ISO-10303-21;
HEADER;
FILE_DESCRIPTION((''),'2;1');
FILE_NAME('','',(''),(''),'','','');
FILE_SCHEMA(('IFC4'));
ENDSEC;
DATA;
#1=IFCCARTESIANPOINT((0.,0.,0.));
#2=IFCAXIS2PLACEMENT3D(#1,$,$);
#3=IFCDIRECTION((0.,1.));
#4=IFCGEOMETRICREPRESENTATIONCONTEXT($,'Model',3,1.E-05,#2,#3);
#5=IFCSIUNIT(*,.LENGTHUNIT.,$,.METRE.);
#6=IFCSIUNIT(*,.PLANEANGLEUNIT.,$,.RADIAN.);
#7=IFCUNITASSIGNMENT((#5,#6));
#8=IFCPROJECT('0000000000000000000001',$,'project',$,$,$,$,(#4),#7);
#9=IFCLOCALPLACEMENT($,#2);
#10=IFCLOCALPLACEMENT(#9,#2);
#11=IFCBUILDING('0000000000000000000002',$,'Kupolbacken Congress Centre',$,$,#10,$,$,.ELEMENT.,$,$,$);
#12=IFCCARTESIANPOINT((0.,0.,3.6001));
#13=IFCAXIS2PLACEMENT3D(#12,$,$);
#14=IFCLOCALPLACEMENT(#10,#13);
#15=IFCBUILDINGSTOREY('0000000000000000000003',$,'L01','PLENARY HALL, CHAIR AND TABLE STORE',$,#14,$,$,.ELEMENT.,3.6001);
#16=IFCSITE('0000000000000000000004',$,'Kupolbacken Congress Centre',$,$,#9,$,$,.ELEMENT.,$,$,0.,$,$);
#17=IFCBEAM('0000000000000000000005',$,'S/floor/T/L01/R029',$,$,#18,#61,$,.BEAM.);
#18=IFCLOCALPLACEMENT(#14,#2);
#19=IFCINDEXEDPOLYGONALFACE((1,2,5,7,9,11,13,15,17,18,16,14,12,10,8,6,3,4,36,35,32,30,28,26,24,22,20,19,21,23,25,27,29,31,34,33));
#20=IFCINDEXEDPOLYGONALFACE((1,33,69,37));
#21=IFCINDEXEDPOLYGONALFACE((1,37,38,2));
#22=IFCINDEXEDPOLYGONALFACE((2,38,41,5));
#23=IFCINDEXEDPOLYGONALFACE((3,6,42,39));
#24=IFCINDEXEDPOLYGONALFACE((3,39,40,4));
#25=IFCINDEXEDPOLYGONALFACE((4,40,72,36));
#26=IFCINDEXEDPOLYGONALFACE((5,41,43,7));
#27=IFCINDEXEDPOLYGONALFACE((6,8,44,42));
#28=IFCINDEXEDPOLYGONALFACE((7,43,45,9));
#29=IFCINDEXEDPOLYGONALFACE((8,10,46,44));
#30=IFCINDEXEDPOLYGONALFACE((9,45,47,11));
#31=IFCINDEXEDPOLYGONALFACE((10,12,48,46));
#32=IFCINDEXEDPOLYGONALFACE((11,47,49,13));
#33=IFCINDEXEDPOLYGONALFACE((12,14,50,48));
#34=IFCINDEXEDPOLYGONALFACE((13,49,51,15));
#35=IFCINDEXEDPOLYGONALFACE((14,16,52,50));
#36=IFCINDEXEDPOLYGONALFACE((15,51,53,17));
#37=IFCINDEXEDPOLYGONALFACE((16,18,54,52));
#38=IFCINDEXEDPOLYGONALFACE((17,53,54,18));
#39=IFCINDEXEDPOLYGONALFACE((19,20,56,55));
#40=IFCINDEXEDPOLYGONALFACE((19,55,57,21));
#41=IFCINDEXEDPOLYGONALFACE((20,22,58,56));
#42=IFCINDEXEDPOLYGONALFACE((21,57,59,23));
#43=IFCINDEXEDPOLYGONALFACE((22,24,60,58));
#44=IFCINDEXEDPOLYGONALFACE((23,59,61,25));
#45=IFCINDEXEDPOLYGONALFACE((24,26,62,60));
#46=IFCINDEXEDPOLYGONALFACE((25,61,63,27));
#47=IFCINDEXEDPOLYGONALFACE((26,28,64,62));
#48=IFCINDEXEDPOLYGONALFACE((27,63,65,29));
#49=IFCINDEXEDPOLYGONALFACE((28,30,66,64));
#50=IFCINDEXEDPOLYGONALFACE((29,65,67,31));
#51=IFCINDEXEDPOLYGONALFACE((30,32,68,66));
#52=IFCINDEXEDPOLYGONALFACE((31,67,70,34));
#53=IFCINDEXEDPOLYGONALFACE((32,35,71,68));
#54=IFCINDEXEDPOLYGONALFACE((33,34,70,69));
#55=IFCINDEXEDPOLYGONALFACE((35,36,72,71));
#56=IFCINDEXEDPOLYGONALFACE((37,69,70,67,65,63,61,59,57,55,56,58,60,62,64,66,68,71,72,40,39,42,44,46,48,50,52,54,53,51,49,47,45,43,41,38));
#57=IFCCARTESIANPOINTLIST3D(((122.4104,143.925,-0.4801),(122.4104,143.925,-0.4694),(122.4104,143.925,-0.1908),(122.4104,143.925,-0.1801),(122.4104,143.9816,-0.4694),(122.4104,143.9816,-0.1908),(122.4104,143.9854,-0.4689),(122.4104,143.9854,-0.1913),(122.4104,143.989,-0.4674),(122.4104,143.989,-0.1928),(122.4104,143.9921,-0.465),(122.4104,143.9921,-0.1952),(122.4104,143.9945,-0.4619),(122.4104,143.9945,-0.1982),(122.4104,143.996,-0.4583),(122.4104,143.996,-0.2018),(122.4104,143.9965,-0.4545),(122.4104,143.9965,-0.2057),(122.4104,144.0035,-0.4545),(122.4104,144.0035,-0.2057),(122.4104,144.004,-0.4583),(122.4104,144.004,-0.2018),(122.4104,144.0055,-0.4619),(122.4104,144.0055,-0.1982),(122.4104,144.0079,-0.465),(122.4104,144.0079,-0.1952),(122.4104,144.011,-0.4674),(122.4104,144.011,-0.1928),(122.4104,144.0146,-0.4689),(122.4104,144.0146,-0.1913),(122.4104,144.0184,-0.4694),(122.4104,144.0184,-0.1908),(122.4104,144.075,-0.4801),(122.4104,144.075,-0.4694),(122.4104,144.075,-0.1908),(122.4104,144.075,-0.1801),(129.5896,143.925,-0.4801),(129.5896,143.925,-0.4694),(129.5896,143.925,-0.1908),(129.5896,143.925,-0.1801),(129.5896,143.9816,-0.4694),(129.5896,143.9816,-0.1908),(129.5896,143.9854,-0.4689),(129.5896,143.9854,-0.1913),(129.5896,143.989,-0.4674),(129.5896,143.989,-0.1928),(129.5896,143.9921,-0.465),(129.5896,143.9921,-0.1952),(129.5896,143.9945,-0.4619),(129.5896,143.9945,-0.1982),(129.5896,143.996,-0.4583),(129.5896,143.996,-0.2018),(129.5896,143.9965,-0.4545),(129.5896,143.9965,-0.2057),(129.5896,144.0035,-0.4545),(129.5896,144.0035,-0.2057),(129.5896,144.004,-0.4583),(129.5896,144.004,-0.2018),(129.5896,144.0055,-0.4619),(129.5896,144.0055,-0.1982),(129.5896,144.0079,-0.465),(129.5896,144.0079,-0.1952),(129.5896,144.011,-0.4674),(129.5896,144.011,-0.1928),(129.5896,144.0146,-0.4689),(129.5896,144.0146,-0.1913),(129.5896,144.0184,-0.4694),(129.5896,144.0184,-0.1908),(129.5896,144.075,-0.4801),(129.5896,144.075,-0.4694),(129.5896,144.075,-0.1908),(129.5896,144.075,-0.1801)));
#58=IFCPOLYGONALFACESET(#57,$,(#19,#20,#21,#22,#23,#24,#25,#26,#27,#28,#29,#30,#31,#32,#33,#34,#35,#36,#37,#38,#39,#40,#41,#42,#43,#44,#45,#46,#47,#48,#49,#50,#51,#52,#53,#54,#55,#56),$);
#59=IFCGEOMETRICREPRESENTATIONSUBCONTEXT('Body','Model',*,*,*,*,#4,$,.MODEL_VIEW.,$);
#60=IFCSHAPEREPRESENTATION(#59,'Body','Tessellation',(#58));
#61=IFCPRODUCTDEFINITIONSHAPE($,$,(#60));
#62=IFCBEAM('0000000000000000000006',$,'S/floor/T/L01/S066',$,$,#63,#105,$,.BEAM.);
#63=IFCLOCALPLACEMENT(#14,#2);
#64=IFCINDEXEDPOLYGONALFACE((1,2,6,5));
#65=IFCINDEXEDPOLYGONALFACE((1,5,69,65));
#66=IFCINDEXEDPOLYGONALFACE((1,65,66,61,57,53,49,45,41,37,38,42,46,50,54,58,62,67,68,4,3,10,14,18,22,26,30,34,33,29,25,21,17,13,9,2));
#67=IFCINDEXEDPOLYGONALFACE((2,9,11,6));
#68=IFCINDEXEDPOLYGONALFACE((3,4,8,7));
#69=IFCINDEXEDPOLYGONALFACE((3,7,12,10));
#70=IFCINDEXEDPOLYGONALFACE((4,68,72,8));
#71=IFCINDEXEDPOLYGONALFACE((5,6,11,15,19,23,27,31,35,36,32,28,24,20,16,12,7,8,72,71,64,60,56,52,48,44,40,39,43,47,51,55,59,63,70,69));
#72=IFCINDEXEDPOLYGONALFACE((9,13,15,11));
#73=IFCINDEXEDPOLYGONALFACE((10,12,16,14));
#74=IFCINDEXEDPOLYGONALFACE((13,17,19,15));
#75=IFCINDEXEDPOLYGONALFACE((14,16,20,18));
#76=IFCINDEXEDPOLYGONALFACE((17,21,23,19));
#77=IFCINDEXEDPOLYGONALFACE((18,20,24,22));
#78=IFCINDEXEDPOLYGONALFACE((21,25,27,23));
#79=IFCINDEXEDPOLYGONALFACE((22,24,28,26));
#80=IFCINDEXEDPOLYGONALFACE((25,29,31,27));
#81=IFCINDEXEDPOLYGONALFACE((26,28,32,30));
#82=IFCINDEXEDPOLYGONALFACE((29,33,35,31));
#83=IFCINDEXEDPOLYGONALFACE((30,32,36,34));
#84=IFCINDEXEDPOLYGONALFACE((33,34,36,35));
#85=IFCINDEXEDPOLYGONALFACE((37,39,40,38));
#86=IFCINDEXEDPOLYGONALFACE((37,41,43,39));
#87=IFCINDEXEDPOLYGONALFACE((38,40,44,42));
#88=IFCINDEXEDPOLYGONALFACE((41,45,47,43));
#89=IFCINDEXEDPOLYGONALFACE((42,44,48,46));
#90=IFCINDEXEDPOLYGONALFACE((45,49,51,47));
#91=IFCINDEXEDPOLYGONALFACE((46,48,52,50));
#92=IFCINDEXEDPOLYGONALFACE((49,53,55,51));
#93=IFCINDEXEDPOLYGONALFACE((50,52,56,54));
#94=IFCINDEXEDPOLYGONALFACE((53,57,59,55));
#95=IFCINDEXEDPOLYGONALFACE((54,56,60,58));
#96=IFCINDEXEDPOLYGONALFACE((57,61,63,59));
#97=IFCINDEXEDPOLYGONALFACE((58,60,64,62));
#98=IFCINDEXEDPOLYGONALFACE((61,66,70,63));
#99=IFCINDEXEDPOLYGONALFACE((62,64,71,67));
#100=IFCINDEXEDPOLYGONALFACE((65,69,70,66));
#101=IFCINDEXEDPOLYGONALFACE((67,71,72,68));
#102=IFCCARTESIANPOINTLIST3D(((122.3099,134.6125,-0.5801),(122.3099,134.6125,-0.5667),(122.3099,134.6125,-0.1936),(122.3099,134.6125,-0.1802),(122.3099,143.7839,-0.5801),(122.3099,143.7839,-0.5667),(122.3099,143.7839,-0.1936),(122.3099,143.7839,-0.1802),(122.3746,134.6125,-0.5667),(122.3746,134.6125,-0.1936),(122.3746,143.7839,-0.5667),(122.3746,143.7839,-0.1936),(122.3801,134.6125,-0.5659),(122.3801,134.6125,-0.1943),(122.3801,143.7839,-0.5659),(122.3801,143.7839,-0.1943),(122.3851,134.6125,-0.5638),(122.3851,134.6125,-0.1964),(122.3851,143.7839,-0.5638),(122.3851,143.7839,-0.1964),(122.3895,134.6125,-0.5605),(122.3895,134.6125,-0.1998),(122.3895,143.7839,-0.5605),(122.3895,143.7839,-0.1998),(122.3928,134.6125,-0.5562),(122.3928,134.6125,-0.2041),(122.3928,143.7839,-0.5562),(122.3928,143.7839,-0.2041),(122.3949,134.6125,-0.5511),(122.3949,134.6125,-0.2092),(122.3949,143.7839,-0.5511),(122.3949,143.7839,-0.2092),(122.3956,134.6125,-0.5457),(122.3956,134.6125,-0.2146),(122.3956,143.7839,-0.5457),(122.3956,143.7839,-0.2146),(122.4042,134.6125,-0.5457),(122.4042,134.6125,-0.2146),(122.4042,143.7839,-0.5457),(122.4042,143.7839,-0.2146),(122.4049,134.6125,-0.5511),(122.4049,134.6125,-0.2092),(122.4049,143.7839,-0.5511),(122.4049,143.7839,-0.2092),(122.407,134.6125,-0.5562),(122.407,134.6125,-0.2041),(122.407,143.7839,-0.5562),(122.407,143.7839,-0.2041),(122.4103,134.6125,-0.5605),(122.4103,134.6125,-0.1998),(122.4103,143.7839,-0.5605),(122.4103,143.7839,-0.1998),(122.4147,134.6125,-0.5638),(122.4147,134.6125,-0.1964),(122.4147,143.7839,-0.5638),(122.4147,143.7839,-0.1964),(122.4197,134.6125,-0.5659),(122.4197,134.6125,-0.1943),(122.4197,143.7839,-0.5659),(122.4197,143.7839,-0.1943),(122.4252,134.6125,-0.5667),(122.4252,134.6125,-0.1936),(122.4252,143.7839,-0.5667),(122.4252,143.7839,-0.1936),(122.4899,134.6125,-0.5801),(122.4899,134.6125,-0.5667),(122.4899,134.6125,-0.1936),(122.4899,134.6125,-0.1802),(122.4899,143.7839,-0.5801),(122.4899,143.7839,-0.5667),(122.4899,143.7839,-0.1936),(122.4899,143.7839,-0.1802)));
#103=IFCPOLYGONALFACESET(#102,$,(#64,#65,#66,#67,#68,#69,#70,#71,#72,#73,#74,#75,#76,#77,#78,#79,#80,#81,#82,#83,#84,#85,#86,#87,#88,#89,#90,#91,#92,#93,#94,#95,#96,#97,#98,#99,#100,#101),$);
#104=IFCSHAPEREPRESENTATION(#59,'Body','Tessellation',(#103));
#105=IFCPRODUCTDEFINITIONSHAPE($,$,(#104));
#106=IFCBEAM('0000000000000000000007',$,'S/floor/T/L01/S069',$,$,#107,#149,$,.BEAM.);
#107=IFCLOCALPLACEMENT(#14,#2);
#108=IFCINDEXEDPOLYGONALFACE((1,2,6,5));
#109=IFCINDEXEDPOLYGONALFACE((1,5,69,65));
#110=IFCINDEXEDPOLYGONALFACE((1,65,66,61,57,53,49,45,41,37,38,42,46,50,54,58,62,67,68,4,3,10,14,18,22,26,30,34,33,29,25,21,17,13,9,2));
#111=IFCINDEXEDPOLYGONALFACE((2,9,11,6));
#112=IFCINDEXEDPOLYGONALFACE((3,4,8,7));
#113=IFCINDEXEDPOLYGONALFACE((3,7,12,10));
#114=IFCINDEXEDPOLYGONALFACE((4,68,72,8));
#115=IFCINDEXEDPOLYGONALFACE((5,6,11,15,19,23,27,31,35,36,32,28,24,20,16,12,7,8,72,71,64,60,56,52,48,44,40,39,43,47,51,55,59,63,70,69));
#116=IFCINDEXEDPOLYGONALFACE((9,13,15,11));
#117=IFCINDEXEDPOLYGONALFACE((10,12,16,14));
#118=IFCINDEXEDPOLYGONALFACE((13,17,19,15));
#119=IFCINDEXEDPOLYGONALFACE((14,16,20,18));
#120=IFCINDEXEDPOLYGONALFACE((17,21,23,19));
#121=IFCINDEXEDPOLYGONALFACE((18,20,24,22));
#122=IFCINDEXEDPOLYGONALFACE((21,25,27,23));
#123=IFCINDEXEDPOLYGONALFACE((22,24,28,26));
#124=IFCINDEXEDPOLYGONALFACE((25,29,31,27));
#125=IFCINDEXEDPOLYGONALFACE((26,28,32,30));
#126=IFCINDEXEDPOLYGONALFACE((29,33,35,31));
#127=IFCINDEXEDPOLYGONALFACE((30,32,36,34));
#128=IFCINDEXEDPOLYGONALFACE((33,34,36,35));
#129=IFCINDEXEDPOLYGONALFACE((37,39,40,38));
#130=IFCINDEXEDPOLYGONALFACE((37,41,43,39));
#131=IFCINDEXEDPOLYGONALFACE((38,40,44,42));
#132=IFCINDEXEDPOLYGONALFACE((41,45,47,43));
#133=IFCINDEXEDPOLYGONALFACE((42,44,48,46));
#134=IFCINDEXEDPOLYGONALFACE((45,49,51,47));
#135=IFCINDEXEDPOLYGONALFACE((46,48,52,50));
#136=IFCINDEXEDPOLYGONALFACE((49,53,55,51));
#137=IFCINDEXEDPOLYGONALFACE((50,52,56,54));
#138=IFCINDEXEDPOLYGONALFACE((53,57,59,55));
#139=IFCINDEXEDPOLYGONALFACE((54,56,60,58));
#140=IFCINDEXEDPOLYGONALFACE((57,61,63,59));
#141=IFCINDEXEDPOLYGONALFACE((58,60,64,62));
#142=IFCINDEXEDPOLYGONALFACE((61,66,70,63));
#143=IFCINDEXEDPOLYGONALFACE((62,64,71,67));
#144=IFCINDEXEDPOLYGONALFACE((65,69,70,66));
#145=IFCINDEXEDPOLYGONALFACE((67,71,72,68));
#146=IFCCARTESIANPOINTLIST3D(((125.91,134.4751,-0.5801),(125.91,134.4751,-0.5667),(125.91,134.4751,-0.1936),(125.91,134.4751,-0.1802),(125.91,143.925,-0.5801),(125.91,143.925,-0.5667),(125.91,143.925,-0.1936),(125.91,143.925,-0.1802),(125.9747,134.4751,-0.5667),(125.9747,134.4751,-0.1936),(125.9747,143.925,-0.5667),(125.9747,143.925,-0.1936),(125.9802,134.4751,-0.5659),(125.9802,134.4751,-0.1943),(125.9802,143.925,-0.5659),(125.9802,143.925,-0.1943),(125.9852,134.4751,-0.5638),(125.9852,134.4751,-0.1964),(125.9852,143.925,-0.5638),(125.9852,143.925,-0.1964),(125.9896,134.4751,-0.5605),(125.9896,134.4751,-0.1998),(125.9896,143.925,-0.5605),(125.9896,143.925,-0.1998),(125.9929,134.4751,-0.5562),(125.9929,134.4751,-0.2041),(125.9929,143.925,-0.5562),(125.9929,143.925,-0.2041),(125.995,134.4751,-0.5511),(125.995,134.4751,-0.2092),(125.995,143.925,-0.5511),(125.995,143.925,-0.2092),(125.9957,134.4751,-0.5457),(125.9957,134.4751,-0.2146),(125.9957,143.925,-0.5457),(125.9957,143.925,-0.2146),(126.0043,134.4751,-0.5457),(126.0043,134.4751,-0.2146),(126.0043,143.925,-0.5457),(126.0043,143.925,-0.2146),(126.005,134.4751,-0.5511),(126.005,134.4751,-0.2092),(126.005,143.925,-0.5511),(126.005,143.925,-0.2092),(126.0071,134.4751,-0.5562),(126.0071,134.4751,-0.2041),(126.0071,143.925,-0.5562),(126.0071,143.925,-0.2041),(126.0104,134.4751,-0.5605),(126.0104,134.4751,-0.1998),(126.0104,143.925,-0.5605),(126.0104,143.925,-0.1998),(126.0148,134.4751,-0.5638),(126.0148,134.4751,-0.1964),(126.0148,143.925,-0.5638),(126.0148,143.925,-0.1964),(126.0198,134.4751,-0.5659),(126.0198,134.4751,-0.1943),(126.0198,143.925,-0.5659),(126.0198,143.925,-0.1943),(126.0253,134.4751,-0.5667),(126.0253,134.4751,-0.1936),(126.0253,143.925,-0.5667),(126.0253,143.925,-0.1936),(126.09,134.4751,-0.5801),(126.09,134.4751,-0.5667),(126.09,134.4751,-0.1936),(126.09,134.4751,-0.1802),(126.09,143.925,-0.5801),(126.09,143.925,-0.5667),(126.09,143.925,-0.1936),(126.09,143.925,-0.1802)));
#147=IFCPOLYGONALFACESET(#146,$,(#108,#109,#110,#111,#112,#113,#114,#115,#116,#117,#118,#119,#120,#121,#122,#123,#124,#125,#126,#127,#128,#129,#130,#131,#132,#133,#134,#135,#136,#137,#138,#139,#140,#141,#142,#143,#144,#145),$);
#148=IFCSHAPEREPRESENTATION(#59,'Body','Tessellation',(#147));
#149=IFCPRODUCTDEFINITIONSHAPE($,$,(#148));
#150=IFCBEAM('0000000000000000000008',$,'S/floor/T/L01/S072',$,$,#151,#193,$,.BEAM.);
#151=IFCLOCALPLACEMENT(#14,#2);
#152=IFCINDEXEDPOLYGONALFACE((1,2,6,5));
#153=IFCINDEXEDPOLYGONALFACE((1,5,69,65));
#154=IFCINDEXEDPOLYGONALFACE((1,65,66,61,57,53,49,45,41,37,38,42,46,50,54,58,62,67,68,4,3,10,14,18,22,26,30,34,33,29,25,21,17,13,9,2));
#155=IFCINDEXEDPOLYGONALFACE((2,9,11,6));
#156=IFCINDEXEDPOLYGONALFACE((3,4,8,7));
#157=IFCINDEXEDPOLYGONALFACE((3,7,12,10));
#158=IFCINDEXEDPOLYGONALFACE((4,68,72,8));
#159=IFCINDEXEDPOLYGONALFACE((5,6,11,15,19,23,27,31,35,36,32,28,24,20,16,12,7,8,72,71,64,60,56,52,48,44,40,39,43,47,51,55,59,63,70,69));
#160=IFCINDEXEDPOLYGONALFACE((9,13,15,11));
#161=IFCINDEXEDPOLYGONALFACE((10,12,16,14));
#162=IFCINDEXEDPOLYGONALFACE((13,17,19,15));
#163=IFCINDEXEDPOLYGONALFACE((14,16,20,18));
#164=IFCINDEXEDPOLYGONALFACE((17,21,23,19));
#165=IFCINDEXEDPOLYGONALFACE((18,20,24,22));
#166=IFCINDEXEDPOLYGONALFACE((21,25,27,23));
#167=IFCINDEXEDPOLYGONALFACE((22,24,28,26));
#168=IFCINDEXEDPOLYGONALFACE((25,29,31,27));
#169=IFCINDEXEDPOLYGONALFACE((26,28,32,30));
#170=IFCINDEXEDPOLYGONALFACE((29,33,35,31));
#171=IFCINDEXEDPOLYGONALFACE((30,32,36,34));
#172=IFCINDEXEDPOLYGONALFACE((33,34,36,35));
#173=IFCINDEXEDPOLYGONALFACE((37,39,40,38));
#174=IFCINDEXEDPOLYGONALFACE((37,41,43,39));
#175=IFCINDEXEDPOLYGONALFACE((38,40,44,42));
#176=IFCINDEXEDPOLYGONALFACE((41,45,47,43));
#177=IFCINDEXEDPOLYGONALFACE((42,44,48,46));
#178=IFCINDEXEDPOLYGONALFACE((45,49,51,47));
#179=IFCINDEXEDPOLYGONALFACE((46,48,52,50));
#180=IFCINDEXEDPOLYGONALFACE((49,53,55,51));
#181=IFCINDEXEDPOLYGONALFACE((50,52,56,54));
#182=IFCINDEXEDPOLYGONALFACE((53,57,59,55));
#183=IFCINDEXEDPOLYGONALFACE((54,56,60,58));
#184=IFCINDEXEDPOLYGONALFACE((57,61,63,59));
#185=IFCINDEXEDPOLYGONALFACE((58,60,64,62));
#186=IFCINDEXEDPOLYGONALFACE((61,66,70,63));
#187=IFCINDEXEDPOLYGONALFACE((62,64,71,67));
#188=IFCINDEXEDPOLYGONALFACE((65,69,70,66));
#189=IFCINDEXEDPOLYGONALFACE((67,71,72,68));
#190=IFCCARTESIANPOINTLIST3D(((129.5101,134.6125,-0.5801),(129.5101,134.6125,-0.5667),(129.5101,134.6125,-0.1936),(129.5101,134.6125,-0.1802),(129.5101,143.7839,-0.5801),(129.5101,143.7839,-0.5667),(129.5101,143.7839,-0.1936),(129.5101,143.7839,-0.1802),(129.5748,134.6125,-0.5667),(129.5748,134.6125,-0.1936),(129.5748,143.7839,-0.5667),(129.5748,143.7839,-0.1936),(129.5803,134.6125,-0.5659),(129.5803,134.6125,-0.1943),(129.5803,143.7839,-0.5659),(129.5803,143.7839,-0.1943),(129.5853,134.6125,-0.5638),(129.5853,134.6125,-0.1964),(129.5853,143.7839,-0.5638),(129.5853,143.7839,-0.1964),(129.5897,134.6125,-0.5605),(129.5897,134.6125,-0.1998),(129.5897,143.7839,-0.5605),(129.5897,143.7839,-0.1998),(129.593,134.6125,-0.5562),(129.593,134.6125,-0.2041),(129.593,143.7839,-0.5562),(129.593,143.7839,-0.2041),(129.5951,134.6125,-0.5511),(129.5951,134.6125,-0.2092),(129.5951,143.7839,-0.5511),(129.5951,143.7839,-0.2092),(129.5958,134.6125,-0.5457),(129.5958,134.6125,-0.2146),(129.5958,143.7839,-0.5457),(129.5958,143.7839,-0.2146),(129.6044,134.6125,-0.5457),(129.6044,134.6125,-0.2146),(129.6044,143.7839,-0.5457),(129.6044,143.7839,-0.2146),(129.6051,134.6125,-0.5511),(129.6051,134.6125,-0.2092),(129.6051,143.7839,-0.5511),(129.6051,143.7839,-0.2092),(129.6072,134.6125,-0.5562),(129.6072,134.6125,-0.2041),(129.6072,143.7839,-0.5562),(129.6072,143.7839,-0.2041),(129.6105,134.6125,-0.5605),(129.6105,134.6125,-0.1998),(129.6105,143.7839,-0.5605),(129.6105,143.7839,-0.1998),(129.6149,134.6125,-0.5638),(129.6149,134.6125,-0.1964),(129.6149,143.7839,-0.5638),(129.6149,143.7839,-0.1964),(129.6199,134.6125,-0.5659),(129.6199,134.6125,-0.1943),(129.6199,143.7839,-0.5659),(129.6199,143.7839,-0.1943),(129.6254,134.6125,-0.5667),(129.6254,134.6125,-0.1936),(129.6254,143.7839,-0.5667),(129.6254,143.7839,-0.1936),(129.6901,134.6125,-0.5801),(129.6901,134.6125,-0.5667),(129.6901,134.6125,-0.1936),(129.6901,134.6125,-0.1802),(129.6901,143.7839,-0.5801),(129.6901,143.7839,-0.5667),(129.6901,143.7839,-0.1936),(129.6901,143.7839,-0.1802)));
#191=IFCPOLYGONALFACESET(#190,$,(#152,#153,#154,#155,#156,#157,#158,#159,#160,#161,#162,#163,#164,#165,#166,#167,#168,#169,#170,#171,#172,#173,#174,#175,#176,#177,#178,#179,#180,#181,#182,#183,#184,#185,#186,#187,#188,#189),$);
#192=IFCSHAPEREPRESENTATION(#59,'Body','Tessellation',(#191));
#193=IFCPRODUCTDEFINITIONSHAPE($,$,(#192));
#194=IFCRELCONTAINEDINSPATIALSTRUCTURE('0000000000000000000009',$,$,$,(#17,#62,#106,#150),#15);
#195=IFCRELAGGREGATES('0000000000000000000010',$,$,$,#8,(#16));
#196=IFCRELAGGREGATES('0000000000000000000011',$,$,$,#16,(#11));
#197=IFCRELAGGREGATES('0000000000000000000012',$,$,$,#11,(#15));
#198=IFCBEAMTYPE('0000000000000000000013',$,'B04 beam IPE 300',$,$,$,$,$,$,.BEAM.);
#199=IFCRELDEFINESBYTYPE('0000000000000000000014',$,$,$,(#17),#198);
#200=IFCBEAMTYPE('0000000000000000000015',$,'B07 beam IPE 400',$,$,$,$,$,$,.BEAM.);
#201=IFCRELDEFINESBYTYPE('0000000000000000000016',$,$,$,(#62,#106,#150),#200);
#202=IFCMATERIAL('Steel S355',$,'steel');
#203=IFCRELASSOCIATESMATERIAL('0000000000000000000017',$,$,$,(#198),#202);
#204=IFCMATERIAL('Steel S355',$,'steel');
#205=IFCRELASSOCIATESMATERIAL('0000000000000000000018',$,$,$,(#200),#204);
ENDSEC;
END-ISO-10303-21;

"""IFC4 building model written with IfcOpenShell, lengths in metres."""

from ifc_helpers import new_model, si_unit, direction, frame, origin, origin_2d, place, context, subcontext, project, spatial, i_section, extrude, material, material_profile, profile_set, type_object, element, save


model = new_model("IFC4")

# Units and contexts
model_context = context("Model", 3, precision=1e-05, world=origin(), true_north=direction((0.0, 1.0)))
body_context = subcontext(model_context, "Body", "Model", "MODEL_VIEW")
ifc_project = project(units=[si_unit("LENGTHUNIT", "METRE"), si_unit("PLANEANGLEUNIT", "RADIAN")], contexts=[model_context])

# Site, building, storey
site_placement = place(None, origin())
site = spatial("IfcSite", under=ifc_project, at=site_placement, Name="Kupolbacken Congress Centre", CompositionType="ELEMENT", RefElevation=0.0)
building_placement = place(site_placement, origin())
building = spatial("IfcBuilding", under=site, at=building_placement, Name="Kupolbacken Congress Centre", CompositionType="ELEMENT")
storey_placement = place(building_placement, frame((0.0, 0.0, 3.6001)))
storey = spatial("IfcBuildingStorey", under=building, at=storey_placement, Name="L01", Description="PLENARY HALL, CHAIR AND TABLE STORE", CompositionType="ELEMENT", Elevation=3.6001)

# Beams
ifc_material_1 = material(Name="Steel S355", Category="steel")
ifc_material_profile_1 = material_profile(ifc_material_1, i_section(OverallWidth=0.1499, OverallDepth=0.3, WebThickness=0.0071, FlangeThickness=0.0107, FilletRadius=0.0149, at=origin_2d()), Name="IPE 300")
ifc_profile_set_1 = profile_set([ifc_material_profile_1], Name="Steel S355")
beam_type_1 = type_object("IfcBeamType", Name="B04 beam IPE 300", PredefinedType="BEAM", material=ifc_profile_set_1)
beam_1_placement = place(storey_placement, frame((122.4104, 144.0, -0.3301), z_axis=(1.0, 0.0, 0.0), x_axis=(0.0, 1.0, 0.0)))
element("IfcBeam", 1, at=beam_1_placement, inside=storey, type_object=beam_type_1, Name="S/floor/T/L01/R029", PredefinedType="BEAM", context=body_context, shape_type="SweptSolid", body=[
    extrude(i_section(OverallWidth=0.1499, OverallDepth=0.3, WebThickness=0.0071, FlangeThickness=0.0107, FilletRadius=0.0149, at=origin_2d()), origin(), (0.0, 0.0, 1.0), 7.1792),
])
ifc_material_2 = material(Name="Steel S355", Category="steel")
ifc_material_profile_2 = material_profile(ifc_material_2, i_section(OverallWidth=0.1799, OverallDepth=0.3999, WebThickness=0.0085, FlangeThickness=0.0134, FilletRadius=0.021, at=origin_2d()), Name="IPE 400")
ifc_profile_set_2 = profile_set([ifc_material_profile_2], Name="Steel S355")
beam_type_2 = type_object("IfcBeamType", Name="B07 beam IPE 400", PredefinedType="BEAM", material=ifc_profile_set_2)
beam_2_placement = place(storey_placement, frame((122.3999, 134.6125, -0.3801), z_axis=(0.0, 1.0, 0.0), x_axis=(-1.0, 0.0, 0.0)))
element("IfcBeam", 2, at=beam_2_placement, inside=storey, type_object=beam_type_2, Name="S/floor/T/L01/S066", PredefinedType="BEAM", context=body_context, shape_type="SweptSolid", body=[
    extrude(i_section(OverallWidth=0.1799, OverallDepth=0.3999, WebThickness=0.0085, FlangeThickness=0.0134, FilletRadius=0.021, at=origin_2d()), origin(), (0.0, 0.0, 1.0), 9.1714),
])
beam_3_placement = place(storey_placement, frame((126.0, 134.4751, -0.3801), z_axis=(0.0, 1.0, 0.0), x_axis=(-1.0, 0.0, 0.0)))
element("IfcBeam", 3, at=beam_3_placement, inside=storey, type_object=beam_type_2, Name="S/floor/T/L01/S069", PredefinedType="BEAM", context=body_context, shape_type="SweptSolid", body=[
    extrude(i_section(OverallWidth=0.1799, OverallDepth=0.3999, WebThickness=0.0085, FlangeThickness=0.0134, FilletRadius=0.021, at=origin_2d()), origin(), (0.0, 0.0, 1.0), 9.45),
])
beam_4_placement = place(storey_placement, frame((129.6001, 134.6125, -0.3801), z_axis=(0.0, 1.0, 0.0), x_axis=(-1.0, 0.0, 0.0)))
element("IfcBeam", 4, at=beam_4_placement, inside=storey, type_object=beam_type_2, Name="S/floor/T/L01/S072", PredefinedType="BEAM", context=body_context, shape_type="SweptSolid", body=[
    extrude(i_section(OverallWidth=0.1799, OverallDepth=0.3999, WebThickness=0.0085, FlangeThickness=0.0134, FilletRadius=0.021, at=origin_2d()), origin(), (0.0, 0.0, 1.0), 9.1714),
])

save(model, "model.ifc")
